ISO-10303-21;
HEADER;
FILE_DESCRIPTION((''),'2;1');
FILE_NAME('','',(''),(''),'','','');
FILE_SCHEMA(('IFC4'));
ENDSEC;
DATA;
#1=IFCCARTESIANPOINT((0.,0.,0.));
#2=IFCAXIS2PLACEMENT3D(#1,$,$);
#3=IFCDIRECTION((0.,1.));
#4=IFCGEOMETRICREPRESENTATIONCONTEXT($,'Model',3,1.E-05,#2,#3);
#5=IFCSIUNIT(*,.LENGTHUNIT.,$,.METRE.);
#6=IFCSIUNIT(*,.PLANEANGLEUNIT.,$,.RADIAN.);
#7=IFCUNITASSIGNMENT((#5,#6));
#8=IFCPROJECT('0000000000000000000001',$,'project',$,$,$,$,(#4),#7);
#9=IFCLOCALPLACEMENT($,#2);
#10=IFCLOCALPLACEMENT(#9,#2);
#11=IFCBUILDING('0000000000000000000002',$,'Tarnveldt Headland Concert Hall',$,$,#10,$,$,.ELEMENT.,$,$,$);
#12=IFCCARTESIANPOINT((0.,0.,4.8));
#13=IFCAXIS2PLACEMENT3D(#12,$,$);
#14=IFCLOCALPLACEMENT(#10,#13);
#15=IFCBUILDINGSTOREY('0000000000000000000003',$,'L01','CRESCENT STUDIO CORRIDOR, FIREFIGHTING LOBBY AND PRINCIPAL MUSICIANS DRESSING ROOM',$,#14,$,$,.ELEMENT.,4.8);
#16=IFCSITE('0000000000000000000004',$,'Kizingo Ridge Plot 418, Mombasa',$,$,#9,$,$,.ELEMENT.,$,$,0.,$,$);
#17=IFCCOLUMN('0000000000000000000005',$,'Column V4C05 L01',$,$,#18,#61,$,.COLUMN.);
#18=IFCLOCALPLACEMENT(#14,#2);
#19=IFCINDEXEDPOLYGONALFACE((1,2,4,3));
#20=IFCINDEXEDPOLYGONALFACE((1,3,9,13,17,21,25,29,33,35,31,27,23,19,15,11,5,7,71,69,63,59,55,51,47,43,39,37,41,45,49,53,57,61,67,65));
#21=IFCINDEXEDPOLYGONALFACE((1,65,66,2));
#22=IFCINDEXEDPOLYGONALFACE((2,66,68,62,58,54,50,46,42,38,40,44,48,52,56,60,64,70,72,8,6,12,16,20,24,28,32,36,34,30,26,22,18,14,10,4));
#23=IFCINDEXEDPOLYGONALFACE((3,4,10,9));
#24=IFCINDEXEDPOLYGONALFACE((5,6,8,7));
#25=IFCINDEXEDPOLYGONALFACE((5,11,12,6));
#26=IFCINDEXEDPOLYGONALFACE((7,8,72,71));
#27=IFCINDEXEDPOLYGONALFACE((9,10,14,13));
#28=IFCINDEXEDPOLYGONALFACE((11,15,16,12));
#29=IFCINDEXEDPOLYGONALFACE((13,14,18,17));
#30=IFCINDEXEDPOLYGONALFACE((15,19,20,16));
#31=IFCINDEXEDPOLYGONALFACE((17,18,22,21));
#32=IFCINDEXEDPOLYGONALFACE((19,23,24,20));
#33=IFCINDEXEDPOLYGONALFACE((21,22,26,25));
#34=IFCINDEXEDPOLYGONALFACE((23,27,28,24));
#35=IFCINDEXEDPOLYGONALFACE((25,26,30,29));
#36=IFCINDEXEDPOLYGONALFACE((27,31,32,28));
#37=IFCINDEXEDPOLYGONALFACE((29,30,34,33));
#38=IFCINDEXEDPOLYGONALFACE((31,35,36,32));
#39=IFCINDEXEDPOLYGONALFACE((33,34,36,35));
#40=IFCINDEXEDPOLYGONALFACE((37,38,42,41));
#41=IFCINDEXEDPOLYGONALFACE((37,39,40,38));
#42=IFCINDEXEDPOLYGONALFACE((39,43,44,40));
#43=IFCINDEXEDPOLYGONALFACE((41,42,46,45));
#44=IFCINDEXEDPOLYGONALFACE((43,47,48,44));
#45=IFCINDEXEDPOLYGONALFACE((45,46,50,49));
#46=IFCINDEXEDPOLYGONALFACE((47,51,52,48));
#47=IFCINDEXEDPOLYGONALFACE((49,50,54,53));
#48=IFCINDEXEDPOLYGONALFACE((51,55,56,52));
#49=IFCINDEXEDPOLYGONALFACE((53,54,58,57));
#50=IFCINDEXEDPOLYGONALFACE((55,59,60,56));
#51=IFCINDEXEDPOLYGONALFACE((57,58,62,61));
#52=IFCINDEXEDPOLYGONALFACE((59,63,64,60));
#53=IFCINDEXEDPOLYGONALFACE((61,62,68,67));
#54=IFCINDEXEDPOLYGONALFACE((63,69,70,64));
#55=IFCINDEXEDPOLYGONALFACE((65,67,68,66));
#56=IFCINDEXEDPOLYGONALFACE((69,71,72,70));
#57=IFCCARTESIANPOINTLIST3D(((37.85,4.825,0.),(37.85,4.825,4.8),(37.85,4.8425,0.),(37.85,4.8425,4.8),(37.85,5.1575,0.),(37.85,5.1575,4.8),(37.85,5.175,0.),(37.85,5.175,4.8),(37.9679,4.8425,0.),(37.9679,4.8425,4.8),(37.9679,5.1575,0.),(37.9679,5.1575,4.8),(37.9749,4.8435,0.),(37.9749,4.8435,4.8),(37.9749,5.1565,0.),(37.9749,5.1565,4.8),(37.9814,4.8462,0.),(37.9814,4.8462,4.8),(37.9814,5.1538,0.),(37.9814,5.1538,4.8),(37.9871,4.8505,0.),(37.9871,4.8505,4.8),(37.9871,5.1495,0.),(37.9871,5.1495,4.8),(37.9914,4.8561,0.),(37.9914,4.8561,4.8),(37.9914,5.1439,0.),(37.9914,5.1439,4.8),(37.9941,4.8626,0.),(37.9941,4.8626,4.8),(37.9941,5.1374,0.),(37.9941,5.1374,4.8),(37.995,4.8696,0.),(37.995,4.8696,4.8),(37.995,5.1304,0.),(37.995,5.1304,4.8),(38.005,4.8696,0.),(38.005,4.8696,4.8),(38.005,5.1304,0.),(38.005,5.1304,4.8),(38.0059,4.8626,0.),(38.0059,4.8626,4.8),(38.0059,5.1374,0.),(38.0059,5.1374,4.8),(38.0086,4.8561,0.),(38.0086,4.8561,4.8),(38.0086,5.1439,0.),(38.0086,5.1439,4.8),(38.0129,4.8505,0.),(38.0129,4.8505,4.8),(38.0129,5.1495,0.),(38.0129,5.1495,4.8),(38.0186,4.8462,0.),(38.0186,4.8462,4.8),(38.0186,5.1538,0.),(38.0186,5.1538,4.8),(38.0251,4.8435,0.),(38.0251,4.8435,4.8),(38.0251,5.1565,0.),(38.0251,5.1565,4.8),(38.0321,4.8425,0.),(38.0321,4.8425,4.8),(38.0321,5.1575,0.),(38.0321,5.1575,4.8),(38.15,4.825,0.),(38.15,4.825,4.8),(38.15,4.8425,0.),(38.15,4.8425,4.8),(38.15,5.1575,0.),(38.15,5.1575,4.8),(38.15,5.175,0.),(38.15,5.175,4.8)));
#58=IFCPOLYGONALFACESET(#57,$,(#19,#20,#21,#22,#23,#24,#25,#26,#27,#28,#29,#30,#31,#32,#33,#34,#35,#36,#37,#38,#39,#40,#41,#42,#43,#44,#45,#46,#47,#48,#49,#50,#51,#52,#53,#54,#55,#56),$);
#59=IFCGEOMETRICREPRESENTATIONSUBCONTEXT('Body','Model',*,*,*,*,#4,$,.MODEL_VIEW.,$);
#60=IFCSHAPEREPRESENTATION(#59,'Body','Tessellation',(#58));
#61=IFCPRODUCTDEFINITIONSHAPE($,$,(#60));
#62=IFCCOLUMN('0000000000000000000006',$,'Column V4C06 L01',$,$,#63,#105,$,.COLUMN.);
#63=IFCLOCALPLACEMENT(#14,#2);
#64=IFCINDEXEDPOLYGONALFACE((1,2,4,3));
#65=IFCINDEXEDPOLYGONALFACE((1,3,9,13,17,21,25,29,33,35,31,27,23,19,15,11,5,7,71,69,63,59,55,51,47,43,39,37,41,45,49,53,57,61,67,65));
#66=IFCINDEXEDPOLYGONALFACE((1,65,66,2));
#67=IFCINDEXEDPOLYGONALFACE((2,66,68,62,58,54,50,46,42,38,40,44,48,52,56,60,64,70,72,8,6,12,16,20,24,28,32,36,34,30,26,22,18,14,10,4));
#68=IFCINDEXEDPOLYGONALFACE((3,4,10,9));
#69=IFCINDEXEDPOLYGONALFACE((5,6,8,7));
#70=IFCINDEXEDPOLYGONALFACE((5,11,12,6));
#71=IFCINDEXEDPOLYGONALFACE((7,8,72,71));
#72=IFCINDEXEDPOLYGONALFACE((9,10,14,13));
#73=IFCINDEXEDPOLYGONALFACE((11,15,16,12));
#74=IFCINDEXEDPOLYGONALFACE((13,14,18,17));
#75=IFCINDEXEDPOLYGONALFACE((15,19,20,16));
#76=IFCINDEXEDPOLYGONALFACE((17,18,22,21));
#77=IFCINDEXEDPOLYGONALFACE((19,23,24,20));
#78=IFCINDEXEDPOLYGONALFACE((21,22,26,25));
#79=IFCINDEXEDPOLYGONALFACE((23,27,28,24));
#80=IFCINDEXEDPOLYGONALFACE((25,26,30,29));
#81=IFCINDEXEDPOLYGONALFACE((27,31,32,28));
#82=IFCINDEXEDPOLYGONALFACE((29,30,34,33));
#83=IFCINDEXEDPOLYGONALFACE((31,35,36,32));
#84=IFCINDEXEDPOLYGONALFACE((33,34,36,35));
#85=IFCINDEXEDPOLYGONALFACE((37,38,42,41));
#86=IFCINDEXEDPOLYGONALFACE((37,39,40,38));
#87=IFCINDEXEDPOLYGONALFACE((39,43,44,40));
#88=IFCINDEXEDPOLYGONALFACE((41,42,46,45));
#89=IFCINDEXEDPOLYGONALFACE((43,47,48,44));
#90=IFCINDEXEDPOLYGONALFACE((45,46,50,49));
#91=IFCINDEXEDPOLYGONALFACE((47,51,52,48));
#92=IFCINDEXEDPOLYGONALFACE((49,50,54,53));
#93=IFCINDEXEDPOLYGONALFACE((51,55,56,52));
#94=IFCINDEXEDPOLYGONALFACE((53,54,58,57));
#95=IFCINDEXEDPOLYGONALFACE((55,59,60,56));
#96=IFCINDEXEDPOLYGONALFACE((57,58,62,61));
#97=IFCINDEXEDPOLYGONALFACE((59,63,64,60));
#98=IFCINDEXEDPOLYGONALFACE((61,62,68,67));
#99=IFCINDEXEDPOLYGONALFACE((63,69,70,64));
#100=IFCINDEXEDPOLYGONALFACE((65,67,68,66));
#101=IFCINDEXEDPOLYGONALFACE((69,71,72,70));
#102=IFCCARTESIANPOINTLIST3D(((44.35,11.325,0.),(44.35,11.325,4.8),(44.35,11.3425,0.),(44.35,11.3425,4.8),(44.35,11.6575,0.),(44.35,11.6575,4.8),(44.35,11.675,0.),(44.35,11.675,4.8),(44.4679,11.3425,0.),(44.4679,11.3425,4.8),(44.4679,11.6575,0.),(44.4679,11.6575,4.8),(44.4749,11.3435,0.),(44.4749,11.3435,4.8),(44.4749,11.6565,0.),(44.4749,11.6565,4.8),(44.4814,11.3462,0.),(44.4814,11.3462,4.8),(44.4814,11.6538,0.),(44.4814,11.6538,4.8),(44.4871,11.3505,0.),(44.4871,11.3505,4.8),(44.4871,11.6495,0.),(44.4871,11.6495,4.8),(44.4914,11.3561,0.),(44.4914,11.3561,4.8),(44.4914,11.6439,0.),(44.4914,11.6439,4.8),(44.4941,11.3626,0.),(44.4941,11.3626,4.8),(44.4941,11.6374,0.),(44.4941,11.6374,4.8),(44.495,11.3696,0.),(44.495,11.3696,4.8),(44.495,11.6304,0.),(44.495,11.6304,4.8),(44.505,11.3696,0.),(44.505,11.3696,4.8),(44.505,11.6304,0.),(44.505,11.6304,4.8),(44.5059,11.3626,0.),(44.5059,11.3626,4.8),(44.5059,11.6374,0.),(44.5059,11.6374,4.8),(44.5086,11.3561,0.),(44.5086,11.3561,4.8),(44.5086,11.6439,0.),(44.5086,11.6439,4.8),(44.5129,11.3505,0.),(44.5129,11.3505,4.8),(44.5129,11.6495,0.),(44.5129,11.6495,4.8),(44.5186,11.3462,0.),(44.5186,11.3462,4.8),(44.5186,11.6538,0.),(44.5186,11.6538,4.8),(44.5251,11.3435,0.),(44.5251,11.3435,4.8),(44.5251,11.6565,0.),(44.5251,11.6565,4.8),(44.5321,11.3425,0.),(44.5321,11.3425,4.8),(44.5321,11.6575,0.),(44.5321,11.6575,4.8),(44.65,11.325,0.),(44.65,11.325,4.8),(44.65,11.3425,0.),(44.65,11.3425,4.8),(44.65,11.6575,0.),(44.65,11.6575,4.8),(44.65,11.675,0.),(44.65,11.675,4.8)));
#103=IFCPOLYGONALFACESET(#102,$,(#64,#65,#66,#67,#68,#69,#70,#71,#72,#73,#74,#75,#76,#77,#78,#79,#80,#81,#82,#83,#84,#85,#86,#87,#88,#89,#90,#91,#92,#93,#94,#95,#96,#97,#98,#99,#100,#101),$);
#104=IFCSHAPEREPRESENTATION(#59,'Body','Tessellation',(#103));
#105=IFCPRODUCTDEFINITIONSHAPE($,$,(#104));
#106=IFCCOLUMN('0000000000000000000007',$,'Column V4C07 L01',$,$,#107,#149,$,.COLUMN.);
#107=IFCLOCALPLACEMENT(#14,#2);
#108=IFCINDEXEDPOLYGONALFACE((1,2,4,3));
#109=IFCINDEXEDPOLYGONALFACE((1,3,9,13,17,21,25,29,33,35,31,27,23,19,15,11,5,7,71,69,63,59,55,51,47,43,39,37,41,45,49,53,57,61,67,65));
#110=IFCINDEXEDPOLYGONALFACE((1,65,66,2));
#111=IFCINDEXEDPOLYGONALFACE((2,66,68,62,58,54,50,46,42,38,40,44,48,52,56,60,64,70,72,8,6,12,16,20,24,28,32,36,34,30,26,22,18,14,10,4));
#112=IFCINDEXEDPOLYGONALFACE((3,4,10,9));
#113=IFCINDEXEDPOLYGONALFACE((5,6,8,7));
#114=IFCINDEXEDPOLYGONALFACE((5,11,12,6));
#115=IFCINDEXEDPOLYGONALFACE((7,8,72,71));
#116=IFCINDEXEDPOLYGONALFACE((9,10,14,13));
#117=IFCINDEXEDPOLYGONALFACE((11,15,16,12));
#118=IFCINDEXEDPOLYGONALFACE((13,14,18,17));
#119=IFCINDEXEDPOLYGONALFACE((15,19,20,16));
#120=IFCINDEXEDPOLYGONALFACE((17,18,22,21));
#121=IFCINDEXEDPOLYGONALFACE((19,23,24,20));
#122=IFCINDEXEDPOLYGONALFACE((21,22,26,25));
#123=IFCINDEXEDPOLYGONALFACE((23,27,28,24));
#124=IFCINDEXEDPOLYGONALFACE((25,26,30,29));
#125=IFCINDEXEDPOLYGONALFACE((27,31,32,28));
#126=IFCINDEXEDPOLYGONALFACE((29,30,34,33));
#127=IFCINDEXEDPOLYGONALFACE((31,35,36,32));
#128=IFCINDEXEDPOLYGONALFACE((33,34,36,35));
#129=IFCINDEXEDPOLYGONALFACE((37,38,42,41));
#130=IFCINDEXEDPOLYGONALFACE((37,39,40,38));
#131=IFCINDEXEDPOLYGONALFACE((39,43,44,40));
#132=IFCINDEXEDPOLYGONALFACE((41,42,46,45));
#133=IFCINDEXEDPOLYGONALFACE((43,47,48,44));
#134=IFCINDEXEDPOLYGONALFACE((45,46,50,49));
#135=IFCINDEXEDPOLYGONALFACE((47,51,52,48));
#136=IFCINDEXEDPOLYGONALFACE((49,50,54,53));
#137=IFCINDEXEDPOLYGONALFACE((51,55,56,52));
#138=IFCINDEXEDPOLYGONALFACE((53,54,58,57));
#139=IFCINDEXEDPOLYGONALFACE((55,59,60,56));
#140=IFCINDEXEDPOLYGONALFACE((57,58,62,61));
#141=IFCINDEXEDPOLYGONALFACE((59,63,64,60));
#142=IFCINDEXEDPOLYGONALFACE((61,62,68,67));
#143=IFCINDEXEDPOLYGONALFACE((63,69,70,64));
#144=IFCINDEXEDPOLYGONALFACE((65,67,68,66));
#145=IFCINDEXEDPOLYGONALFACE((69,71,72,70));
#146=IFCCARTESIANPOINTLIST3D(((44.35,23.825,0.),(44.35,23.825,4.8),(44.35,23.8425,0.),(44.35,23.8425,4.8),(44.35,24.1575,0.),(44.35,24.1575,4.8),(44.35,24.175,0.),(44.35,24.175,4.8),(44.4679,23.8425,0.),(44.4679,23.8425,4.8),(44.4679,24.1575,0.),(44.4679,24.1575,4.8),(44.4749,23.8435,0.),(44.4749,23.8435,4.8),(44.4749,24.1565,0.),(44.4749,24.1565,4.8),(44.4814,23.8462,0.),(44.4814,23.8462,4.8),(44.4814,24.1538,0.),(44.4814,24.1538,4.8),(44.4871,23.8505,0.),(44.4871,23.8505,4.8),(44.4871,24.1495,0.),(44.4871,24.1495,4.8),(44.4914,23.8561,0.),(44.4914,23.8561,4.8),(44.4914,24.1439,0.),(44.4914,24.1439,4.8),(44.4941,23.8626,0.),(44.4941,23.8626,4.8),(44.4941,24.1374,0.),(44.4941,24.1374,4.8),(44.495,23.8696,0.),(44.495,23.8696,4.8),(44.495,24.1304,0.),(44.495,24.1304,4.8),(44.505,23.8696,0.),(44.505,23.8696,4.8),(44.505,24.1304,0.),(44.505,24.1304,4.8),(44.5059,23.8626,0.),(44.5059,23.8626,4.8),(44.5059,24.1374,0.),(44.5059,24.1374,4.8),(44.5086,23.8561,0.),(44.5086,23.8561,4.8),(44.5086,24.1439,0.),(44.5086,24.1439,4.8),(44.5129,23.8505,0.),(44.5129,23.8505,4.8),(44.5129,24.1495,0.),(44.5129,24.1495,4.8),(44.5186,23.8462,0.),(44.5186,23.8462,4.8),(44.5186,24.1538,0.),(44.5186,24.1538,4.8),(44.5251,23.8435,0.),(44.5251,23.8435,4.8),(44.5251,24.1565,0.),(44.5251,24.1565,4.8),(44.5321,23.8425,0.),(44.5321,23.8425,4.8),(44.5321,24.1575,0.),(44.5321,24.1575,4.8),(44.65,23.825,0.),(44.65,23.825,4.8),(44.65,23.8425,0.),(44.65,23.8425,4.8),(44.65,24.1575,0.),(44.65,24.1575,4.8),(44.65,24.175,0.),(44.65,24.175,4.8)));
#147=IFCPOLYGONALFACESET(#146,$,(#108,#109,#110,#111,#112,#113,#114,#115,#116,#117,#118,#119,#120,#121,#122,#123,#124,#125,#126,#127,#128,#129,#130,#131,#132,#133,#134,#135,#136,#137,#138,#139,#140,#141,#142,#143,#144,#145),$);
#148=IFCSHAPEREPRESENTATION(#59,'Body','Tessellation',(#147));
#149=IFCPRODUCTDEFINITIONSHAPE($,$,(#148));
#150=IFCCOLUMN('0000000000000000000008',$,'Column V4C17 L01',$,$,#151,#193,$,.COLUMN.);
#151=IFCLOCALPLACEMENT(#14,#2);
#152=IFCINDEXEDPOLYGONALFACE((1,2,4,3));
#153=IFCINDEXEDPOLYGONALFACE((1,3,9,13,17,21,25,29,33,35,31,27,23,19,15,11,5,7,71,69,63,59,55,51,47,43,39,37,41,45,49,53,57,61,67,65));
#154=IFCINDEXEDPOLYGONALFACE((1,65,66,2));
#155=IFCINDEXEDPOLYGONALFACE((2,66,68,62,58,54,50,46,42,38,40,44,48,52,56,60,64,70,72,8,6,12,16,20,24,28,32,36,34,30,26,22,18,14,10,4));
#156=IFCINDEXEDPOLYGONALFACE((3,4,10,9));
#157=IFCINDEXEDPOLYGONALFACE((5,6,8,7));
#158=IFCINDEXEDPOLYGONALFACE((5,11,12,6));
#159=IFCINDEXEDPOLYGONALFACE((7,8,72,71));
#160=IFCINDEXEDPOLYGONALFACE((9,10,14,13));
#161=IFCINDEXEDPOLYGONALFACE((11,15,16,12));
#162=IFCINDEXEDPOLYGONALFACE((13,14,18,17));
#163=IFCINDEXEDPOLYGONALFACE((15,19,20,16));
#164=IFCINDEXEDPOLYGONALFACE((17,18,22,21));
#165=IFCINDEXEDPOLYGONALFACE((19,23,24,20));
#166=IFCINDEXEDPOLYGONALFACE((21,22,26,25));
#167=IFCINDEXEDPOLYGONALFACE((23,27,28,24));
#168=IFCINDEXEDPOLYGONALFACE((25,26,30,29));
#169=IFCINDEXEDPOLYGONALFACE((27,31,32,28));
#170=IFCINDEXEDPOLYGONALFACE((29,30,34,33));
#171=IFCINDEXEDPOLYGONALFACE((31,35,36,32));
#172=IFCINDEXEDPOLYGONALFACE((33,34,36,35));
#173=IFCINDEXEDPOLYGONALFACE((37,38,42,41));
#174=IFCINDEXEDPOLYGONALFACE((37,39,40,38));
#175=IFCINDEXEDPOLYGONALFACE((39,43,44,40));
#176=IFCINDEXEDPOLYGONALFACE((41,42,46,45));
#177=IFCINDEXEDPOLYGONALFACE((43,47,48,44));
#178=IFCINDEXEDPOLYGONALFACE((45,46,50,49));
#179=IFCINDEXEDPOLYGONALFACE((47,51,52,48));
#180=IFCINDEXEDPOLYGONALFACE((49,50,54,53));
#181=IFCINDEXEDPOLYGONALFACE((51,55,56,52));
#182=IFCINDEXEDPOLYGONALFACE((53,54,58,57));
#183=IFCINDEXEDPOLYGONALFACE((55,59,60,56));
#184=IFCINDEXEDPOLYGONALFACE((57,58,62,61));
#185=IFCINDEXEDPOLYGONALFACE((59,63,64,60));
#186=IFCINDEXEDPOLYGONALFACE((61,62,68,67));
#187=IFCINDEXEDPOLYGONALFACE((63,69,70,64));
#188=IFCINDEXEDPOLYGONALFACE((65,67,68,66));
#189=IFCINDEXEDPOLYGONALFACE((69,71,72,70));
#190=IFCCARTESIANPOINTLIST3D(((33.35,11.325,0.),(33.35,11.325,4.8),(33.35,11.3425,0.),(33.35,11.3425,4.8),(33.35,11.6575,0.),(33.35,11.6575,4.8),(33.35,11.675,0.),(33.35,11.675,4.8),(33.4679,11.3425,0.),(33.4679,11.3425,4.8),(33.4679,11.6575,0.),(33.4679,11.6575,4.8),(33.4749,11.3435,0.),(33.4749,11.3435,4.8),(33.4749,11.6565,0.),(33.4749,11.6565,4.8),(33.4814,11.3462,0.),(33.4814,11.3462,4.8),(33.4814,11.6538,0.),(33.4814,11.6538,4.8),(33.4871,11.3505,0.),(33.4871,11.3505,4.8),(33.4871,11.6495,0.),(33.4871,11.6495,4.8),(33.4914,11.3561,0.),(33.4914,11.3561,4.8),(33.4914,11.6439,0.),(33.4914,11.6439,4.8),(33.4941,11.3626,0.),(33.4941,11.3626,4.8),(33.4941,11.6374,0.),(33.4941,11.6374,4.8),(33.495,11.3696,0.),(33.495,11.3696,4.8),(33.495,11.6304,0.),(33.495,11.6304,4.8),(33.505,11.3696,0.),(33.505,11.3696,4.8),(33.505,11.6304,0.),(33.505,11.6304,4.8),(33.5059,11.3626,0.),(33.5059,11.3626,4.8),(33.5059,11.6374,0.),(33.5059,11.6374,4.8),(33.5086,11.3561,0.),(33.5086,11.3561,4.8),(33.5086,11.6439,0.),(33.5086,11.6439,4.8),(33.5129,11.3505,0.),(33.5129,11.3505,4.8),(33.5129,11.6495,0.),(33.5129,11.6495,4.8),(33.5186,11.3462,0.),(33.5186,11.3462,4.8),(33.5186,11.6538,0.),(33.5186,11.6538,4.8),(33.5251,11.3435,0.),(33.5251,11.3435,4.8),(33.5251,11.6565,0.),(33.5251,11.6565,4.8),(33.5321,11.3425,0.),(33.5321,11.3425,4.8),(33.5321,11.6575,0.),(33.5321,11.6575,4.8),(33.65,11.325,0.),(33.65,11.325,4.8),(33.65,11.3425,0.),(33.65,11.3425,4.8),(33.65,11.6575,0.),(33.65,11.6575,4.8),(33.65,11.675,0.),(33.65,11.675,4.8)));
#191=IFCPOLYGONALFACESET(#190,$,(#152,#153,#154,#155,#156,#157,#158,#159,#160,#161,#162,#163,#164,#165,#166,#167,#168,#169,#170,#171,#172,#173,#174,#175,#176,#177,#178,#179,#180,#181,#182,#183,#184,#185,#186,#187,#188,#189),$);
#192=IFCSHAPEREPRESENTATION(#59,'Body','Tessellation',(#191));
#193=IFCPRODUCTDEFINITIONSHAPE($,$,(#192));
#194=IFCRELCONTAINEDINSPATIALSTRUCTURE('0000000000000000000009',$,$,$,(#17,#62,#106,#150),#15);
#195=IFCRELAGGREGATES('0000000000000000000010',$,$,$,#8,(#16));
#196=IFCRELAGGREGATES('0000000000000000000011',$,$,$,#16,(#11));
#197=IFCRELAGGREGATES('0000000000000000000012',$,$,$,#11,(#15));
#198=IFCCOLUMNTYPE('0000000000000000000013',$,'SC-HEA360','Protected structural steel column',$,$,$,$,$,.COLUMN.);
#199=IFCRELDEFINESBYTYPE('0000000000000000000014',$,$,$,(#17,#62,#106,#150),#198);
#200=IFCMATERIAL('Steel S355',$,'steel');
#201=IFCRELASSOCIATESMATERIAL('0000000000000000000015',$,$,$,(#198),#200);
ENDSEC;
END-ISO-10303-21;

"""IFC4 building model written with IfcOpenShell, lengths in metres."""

from ifc_helpers import new_model, si_unit, direction, frame, origin, origin_2d, place, context, subcontext, project, spatial, i_section, extrude, material, material_profile, profile_set, type_object, element, save


model = new_model("IFC4")

# Units and contexts
model_context = context("Model", 3, precision=1e-05, world=origin(), true_north=direction((0.0, 1.0)))
body_context = subcontext(model_context, "Body", "Model", "MODEL_VIEW")
ifc_project = project(units=[si_unit("LENGTHUNIT", "METRE"), si_unit("PLANEANGLEUNIT", "RADIAN")], contexts=[model_context])

# Site, building, storey
site_placement = place(None, origin())
site = spatial("IfcSite", under=ifc_project, at=site_placement, Name="Kizingo Ridge Plot 418, Mombasa", CompositionType="ELEMENT", RefElevation=0.0)
building_placement = place(site_placement, origin())
building = spatial("IfcBuilding", under=site, at=building_placement, Name="Tarnveldt Headland Concert Hall", CompositionType="ELEMENT")
storey_placement = place(building_placement, frame((0.0, 0.0, 4.8)))
storey = spatial("IfcBuildingStorey", under=building, at=storey_placement, Name="L01", Description="CRESCENT STUDIO CORRIDOR, FIREFIGHTING LOBBY AND PRINCIPAL MUSICIANS DRESSING ROOM", CompositionType="ELEMENT", Elevation=4.8)

# Columns
ifc_material_1 = material(Name="Steel S355", Category="steel")
ifc_material_profile_1 = material_profile(ifc_material_1, i_section(OverallWidth=0.3, OverallDepth=0.3501, WebThickness=0.01, FlangeThickness=0.0176, FilletRadius=0.0271, at=origin_2d()), Name="HEA360", Category="steel")
ifc_profile_set_1 = profile_set([ifc_material_profile_1], Name="Steel S355")
column_type = type_object("IfcColumnType", Name="SC-HEA360", Description="Protected structural steel column", PredefinedType="COLUMN", material=ifc_profile_set_1)
for number, where, z_axis, x_axis, name in (
    (1, (38.0, 5.0, 0.0), (0.0, 0.0, 1.0), (1.0, 0.0, 0.0), "Column V4C05 L01"),
    (2, (44.5, 11.5, 0.0), (0.0, 0.0, 1.0), (1.0, 0.0, 0.0), "Column V4C06 L01"),
    (3, (44.5, 24.0, 0.0), (0.0, 0.0, 1.0), (1.0, 0.0, 0.0), "Column V4C07 L01"),
    (4, (33.5, 11.5, 0.0), (0.0, 0.0, 1.0), (1.0, 0.0, 0.0), "Column V4C17 L01"),
):
    element("IfcColumn", number, at=place(storey_placement, frame(where, z_axis=z_axis, x_axis=x_axis)), inside=storey, type_object=column_type, Name=name, PredefinedType="COLUMN", context=body_context, shape_type="SweptSolid", body=[
        extrude(i_section(OverallWidth=0.3, OverallDepth=0.3501, WebThickness=0.01, FlangeThickness=0.0176, FilletRadius=0.0271, at=origin_2d()), origin(), (0.0, 0.0, 1.0), 4.8),
    ])

save(model, "model.ifc")
